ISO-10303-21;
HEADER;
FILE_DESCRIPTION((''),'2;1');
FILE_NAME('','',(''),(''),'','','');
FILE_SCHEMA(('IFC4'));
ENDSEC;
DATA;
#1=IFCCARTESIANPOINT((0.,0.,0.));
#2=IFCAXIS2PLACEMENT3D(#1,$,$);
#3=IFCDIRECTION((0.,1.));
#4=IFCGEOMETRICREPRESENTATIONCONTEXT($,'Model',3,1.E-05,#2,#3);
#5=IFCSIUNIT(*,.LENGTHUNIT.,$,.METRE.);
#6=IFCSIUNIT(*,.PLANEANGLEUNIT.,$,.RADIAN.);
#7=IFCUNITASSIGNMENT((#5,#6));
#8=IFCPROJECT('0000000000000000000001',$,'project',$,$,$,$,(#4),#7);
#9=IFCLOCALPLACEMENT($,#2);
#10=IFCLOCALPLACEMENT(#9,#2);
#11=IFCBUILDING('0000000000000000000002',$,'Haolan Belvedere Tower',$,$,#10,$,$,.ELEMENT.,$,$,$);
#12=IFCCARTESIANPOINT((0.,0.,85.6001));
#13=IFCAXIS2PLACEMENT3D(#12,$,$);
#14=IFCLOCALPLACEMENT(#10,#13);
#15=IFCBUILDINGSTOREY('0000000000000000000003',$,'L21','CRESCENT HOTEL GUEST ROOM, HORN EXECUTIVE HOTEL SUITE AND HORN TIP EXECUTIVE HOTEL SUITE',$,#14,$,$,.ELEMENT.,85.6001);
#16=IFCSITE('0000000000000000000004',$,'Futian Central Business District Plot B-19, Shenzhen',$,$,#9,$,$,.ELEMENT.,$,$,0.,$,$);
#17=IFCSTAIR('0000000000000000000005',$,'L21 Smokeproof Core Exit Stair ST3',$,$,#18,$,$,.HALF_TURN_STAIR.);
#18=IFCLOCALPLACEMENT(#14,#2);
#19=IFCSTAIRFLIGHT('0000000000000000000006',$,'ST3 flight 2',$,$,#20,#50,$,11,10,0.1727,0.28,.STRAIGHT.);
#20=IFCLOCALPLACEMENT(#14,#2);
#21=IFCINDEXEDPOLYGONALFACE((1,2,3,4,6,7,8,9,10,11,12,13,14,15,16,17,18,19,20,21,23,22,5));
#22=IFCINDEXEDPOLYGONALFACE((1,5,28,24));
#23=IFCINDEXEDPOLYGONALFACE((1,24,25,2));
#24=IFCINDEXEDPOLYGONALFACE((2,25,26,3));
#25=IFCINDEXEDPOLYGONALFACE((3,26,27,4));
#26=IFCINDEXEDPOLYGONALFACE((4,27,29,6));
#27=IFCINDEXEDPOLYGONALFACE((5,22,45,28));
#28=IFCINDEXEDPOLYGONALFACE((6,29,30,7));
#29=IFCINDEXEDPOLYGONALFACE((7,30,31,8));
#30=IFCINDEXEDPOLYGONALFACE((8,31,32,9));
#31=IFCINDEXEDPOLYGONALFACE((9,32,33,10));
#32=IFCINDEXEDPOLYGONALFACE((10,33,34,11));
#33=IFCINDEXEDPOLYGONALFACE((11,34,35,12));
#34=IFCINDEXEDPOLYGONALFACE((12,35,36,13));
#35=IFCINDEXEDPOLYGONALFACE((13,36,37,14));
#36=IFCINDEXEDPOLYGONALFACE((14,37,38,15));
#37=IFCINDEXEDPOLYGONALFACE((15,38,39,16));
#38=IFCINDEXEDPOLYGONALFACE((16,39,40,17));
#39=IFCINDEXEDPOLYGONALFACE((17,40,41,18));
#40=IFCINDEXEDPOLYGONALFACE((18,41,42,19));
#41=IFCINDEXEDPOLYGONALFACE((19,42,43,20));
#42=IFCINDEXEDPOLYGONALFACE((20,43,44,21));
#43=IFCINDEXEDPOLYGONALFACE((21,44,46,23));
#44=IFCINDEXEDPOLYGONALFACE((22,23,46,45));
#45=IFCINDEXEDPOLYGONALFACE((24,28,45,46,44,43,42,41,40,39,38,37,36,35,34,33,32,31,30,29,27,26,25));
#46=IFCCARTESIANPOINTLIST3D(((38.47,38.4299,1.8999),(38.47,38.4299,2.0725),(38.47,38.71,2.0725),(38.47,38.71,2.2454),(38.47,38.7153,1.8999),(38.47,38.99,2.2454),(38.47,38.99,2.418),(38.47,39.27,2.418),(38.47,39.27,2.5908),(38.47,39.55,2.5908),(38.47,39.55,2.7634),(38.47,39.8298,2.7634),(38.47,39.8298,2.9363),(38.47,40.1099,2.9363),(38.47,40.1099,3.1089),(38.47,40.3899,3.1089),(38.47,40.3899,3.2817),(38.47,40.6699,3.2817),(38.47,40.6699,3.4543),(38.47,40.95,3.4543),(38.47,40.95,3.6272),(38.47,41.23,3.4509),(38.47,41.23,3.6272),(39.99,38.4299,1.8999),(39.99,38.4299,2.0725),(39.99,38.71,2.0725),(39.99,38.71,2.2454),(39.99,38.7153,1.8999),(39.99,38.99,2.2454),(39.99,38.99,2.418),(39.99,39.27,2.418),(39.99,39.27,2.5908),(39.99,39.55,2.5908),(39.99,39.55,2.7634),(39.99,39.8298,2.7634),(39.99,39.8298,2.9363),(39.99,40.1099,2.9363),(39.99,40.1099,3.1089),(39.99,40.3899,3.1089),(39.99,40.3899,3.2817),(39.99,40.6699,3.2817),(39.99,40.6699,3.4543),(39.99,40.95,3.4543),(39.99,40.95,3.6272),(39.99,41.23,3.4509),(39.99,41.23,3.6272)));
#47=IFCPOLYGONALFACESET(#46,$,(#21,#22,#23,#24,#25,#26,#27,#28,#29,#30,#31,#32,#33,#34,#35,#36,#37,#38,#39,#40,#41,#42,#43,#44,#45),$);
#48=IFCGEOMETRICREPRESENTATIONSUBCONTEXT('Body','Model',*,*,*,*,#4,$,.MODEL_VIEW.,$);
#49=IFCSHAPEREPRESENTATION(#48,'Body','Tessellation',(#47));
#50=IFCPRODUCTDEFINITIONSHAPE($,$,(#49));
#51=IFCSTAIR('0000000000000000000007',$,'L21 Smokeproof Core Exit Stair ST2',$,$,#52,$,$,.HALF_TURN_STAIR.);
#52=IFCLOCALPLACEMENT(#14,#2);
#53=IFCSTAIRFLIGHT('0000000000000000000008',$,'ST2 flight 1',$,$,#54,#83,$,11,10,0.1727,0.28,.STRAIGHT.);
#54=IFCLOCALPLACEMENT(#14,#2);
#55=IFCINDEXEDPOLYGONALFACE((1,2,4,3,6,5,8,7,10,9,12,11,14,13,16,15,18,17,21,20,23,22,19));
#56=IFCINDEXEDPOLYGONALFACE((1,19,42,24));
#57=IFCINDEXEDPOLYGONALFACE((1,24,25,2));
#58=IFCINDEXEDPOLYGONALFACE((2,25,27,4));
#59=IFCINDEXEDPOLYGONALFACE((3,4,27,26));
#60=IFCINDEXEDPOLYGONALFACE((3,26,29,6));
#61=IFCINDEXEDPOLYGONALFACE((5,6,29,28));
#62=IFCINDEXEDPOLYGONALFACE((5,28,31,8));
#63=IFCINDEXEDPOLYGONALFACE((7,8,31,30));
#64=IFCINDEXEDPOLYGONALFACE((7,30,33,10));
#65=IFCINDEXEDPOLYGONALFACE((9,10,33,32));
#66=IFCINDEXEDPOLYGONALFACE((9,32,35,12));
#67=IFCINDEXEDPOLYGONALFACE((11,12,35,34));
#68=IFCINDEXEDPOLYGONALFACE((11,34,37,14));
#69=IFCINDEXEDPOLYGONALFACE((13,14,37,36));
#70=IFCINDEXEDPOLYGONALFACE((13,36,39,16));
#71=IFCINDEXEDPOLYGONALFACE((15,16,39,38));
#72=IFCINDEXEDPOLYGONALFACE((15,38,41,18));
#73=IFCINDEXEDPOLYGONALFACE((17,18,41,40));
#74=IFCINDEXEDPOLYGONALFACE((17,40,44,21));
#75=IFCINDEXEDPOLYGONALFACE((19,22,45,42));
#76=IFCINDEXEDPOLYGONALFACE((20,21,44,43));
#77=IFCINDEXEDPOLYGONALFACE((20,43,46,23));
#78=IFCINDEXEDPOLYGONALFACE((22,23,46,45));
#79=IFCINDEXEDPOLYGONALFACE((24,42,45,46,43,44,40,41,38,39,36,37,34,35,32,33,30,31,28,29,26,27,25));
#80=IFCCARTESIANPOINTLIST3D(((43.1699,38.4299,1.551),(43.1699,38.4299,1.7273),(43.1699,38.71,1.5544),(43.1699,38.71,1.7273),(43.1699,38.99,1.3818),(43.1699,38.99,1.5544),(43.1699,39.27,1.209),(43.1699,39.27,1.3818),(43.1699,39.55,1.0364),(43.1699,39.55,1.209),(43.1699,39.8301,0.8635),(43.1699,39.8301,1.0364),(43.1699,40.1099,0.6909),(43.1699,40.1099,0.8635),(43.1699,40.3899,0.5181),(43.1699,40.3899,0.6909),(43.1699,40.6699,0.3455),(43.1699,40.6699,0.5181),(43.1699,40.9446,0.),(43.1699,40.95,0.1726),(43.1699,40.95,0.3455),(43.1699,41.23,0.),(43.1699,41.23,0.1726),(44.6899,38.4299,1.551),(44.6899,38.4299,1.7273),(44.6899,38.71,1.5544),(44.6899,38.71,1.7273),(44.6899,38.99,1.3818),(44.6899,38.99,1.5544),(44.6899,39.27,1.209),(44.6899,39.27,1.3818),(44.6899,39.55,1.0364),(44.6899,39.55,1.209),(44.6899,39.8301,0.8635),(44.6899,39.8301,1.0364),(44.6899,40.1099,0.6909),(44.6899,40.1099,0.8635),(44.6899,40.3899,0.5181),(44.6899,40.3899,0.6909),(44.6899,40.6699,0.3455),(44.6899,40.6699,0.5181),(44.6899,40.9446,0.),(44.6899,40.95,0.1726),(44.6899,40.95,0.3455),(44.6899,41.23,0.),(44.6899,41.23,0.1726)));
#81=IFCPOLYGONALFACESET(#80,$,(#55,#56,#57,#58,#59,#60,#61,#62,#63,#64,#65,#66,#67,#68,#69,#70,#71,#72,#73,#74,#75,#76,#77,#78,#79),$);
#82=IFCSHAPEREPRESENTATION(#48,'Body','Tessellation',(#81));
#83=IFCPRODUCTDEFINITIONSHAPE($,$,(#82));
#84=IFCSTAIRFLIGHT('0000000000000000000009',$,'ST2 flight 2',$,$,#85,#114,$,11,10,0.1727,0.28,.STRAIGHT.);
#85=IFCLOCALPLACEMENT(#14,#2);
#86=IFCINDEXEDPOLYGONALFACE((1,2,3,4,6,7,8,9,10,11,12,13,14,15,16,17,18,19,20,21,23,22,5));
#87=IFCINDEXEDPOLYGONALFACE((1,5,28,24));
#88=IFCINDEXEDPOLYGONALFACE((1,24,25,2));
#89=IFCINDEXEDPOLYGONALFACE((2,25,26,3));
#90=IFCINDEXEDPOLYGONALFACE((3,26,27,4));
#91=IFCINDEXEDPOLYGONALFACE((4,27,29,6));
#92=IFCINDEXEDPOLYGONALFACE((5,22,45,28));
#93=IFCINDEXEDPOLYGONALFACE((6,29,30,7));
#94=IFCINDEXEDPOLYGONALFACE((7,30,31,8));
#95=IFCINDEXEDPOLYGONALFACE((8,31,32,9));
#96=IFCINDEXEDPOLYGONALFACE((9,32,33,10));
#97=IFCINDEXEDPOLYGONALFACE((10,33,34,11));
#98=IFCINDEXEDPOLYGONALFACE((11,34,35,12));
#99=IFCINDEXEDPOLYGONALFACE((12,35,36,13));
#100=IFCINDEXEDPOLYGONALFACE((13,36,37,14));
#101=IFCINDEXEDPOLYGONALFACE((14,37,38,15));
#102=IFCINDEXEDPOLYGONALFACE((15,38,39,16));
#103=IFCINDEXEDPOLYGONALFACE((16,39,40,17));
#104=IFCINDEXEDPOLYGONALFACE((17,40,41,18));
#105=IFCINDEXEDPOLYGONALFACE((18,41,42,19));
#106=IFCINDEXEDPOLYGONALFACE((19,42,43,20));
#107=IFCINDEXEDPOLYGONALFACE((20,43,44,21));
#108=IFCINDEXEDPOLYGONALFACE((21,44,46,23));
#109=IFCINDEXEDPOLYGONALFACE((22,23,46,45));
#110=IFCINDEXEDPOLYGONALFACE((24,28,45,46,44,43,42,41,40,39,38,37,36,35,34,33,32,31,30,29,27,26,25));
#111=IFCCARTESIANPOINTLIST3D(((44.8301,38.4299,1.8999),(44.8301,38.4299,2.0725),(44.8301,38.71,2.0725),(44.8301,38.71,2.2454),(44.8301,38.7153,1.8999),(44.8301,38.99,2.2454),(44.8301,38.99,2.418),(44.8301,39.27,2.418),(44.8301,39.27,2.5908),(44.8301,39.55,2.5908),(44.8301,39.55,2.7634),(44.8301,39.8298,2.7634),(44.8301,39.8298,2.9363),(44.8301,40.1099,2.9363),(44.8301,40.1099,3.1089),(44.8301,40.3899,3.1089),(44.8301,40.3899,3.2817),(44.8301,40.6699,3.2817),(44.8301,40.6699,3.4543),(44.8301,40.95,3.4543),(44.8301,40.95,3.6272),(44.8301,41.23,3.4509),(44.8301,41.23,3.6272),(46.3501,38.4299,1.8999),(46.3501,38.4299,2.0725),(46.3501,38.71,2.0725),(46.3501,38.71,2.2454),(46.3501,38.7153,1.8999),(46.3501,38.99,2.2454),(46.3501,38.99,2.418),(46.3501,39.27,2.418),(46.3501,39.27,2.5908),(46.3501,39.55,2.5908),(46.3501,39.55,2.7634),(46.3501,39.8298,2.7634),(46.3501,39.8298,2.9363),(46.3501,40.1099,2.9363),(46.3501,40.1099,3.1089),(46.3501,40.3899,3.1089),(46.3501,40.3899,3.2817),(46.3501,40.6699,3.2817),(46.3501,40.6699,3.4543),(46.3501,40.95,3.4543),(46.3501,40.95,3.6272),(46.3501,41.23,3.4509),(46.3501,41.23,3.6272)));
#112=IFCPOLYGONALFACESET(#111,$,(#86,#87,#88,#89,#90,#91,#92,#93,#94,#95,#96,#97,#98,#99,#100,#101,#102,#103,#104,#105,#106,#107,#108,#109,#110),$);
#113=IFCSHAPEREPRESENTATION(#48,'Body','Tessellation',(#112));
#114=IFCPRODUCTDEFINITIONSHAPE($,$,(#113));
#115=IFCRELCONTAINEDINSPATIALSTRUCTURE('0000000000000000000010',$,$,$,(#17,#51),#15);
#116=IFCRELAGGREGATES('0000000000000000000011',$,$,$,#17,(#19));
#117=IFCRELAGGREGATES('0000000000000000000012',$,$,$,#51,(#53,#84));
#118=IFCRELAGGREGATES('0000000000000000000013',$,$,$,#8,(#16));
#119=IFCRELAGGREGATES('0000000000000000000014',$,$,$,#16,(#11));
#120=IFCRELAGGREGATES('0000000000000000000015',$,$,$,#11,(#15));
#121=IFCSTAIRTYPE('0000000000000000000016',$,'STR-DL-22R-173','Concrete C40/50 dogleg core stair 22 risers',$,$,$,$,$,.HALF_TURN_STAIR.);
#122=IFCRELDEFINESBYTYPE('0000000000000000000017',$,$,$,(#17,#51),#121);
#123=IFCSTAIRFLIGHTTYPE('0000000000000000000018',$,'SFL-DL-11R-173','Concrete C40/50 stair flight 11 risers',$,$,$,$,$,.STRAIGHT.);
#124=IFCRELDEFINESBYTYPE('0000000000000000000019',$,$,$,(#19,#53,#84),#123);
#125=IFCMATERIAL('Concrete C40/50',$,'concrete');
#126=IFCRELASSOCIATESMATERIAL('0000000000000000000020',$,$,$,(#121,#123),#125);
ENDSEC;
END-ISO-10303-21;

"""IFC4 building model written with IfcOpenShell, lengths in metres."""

from ifc_helpers import new_model, si_unit, direction, frame, origin, place, context, subcontext, project, spatial, polyline, outline, extrude, material, type_object, element, aggregate, save


model = new_model("IFC4")

# Units and contexts
model_context = context("Model", 3, precision=1e-05, world=origin(), true_north=direction((0.0, 1.0)))
body_context = subcontext(model_context, "Body", "Model", "MODEL_VIEW")
ifc_project = project(units=[si_unit("LENGTHUNIT", "METRE"), si_unit("PLANEANGLEUNIT", "RADIAN")], contexts=[model_context])

# Site, building, storey
site_placement = place(None, origin())
site = spatial("IfcSite", under=ifc_project, at=site_placement, Name="Futian Central Business District Plot B-19, Shenzhen", CompositionType="ELEMENT", RefElevation=0.0)
building_placement = place(site_placement, origin())
building = spatial("IfcBuilding", under=site, at=building_placement, Name="Haolan Belvedere Tower", CompositionType="ELEMENT")
storey_placement = place(building_placement, frame((0.0, 0.0, 85.6001)))
storey = spatial("IfcBuildingStorey", under=building, at=storey_placement, Name="L21", Description="CRESCENT HOTEL GUEST ROOM, HORN EXECUTIVE HOTEL SUITE AND HORN TIP EXECUTIVE HOTEL SUITE", CompositionType="ELEMENT", Elevation=85.6001)

# Stair, stair flight
ifc_material_1 = material(Name="Concrete C40/50", Category="concrete")
stair_type = type_object("IfcStairType", Name="STR-DL-22R-173", Description="Concrete C40/50 dogleg core stair 22 risers", PredefinedType="HALF_TURN_STAIR", material=ifc_material_1)
stair_1_placement = place(storey_placement, origin())
stair_1 = element("IfcStair", 1, at=stair_1_placement, inside=storey, type_object=stair_type, Name="L21 Smokeproof Core Exit Stair ST3", PredefinedType="HALF_TURN_STAIR")
stair_flight_type = type_object("IfcStairFlightType", Name="SFL-DL-11R-173", Description="Concrete C40/50 stair flight 11 risers", PredefinedType="STRAIGHT", material=ifc_material_1)
stair_flight_1_placement = place(storey_placement, frame((39.23, 38.4299, 1.8999), z_axis=(0.0, 0.0, 1.0), x_axis=(0.0, 1.0, 0.0)))
stair_flight_1 = element("IfcStairFlight", 2, at=stair_flight_1_placement, type_object=stair_flight_type, Name="ST3 flight 2", NumberOfRisers=11, NumberOfTreads=10, PredefinedType="STRAIGHT", RiserHeight=0.1727, TreadLength=0.28, context=body_context, shape_type="SweptSolid", body=[
    extrude(outline(polyline([(0.0, 0.0), (0.0, 0.1726), (0.28, 0.1726), (0.28, 0.3455), (0.5601, 0.3455), (0.5601, 0.5181), (0.8401, 0.5181), (0.8401, 0.6909), (1.1201, 0.6909), (1.1201, 0.8635), (1.3999, 0.8635), (1.3999, 1.0364), (1.6799, 1.0364), (1.6799, 1.209), (1.96, 1.209), (1.96, 1.3818), (2.24, 1.3818), (2.24, 1.5544), (2.52, 1.5544), (2.52, 1.7273), (2.8, 1.7273), (2.8, 1.8999), (2.8, 1.551), (0.2854, 0.0), (0.0, 0.0)])), frame((0.0, 0.76, 0.0), z_axis=(0.0, -1.0, 0.0), x_axis=(1.0, 0.0, 0.0)), (0.0, 0.0, 1.0), 1.52),
])
aggregate(stair_1, [stair_flight_1])

# Stair, stair flights
stair_2_placement = place(storey_placement, origin())
stair_2 = element("IfcStair", 3, at=stair_2_placement, inside=storey, type_object=stair_type, Name="L21 Smokeproof Core Exit Stair ST2", PredefinedType="HALF_TURN_STAIR")
stair_flight_2_placement = place(storey_placement, frame((43.9299, 41.23, 0.0), z_axis=(0.0, 0.0, 1.0), x_axis=(0.0, -1.0, 0.0)))
stair_flight_2 = element("IfcStairFlight", 4, at=stair_flight_2_placement, type_object=stair_flight_type, Name="ST2 flight 1", NumberOfRisers=11, NumberOfTreads=10, PredefinedType="STRAIGHT", RiserHeight=0.1727, TreadLength=0.28, context=body_context, shape_type="SweptSolid", body=[
    extrude(outline(polyline([(0.0, 0.0), (0.0, 0.1726), (0.28, 0.1726), (0.28, 0.3455), (0.5601, 0.3455), (0.5601, 0.5181), (0.8401, 0.5181), (0.8401, 0.6909), (1.1201, 0.6909), (1.1201, 0.8635), (1.3999, 0.8635), (1.3999, 1.0364), (1.6799, 1.0364), (1.6799, 1.209), (1.96, 1.209), (1.96, 1.3818), (2.24, 1.3818), (2.24, 1.5544), (2.52, 1.5544), (2.52, 1.7273), (2.8, 1.7273), (2.8, 1.8999), (2.8, 1.551), (0.2854, 0.0), (0.0, 0.0)])), frame((0.0, 0.76, 0.0), z_axis=(0.0, -1.0, 0.0), x_axis=(1.0, 0.0, 0.0)), (0.0, 0.0, 1.0), 1.52),
])
stair_flight_3_placement = place(storey_placement, frame((45.5901, 38.4299, 1.8999), z_axis=(0.0, 0.0, 1.0), x_axis=(0.0, 1.0, 0.0)))
stair_flight_3 = element("IfcStairFlight", 5, at=stair_flight_3_placement, type_object=stair_flight_type, Name="ST2 flight 2", NumberOfRisers=11, NumberOfTreads=10, PredefinedType="STRAIGHT", RiserHeight=0.1727, TreadLength=0.28, context=body_context, shape_type="SweptSolid", body=[
    extrude(outline(polyline([(0.0, 0.0), (0.0, 0.1726), (0.28, 0.1726), (0.28, 0.3455), (0.5601, 0.3455), (0.5601, 0.5181), (0.8401, 0.5181), (0.8401, 0.6909), (1.1201, 0.6909), (1.1201, 0.8635), (1.3999, 0.8635), (1.3999, 1.0364), (1.6799, 1.0364), (1.6799, 1.209), (1.96, 1.209), (1.96, 1.3818), (2.24, 1.3818), (2.24, 1.5544), (2.52, 1.5544), (2.52, 1.7273), (2.8, 1.7273), (2.8, 1.8999), (2.8, 1.551), (0.2854, 0.0), (0.0, 0.0)])), frame((0.0, 0.76, 0.0), z_axis=(0.0, -1.0, 0.0), x_axis=(1.0, 0.0, 0.0)), (0.0, 0.0, 1.0), 1.52),
])
aggregate(stair_2, [stair_flight_2, stair_flight_3])

save(model, "model.ifc")
